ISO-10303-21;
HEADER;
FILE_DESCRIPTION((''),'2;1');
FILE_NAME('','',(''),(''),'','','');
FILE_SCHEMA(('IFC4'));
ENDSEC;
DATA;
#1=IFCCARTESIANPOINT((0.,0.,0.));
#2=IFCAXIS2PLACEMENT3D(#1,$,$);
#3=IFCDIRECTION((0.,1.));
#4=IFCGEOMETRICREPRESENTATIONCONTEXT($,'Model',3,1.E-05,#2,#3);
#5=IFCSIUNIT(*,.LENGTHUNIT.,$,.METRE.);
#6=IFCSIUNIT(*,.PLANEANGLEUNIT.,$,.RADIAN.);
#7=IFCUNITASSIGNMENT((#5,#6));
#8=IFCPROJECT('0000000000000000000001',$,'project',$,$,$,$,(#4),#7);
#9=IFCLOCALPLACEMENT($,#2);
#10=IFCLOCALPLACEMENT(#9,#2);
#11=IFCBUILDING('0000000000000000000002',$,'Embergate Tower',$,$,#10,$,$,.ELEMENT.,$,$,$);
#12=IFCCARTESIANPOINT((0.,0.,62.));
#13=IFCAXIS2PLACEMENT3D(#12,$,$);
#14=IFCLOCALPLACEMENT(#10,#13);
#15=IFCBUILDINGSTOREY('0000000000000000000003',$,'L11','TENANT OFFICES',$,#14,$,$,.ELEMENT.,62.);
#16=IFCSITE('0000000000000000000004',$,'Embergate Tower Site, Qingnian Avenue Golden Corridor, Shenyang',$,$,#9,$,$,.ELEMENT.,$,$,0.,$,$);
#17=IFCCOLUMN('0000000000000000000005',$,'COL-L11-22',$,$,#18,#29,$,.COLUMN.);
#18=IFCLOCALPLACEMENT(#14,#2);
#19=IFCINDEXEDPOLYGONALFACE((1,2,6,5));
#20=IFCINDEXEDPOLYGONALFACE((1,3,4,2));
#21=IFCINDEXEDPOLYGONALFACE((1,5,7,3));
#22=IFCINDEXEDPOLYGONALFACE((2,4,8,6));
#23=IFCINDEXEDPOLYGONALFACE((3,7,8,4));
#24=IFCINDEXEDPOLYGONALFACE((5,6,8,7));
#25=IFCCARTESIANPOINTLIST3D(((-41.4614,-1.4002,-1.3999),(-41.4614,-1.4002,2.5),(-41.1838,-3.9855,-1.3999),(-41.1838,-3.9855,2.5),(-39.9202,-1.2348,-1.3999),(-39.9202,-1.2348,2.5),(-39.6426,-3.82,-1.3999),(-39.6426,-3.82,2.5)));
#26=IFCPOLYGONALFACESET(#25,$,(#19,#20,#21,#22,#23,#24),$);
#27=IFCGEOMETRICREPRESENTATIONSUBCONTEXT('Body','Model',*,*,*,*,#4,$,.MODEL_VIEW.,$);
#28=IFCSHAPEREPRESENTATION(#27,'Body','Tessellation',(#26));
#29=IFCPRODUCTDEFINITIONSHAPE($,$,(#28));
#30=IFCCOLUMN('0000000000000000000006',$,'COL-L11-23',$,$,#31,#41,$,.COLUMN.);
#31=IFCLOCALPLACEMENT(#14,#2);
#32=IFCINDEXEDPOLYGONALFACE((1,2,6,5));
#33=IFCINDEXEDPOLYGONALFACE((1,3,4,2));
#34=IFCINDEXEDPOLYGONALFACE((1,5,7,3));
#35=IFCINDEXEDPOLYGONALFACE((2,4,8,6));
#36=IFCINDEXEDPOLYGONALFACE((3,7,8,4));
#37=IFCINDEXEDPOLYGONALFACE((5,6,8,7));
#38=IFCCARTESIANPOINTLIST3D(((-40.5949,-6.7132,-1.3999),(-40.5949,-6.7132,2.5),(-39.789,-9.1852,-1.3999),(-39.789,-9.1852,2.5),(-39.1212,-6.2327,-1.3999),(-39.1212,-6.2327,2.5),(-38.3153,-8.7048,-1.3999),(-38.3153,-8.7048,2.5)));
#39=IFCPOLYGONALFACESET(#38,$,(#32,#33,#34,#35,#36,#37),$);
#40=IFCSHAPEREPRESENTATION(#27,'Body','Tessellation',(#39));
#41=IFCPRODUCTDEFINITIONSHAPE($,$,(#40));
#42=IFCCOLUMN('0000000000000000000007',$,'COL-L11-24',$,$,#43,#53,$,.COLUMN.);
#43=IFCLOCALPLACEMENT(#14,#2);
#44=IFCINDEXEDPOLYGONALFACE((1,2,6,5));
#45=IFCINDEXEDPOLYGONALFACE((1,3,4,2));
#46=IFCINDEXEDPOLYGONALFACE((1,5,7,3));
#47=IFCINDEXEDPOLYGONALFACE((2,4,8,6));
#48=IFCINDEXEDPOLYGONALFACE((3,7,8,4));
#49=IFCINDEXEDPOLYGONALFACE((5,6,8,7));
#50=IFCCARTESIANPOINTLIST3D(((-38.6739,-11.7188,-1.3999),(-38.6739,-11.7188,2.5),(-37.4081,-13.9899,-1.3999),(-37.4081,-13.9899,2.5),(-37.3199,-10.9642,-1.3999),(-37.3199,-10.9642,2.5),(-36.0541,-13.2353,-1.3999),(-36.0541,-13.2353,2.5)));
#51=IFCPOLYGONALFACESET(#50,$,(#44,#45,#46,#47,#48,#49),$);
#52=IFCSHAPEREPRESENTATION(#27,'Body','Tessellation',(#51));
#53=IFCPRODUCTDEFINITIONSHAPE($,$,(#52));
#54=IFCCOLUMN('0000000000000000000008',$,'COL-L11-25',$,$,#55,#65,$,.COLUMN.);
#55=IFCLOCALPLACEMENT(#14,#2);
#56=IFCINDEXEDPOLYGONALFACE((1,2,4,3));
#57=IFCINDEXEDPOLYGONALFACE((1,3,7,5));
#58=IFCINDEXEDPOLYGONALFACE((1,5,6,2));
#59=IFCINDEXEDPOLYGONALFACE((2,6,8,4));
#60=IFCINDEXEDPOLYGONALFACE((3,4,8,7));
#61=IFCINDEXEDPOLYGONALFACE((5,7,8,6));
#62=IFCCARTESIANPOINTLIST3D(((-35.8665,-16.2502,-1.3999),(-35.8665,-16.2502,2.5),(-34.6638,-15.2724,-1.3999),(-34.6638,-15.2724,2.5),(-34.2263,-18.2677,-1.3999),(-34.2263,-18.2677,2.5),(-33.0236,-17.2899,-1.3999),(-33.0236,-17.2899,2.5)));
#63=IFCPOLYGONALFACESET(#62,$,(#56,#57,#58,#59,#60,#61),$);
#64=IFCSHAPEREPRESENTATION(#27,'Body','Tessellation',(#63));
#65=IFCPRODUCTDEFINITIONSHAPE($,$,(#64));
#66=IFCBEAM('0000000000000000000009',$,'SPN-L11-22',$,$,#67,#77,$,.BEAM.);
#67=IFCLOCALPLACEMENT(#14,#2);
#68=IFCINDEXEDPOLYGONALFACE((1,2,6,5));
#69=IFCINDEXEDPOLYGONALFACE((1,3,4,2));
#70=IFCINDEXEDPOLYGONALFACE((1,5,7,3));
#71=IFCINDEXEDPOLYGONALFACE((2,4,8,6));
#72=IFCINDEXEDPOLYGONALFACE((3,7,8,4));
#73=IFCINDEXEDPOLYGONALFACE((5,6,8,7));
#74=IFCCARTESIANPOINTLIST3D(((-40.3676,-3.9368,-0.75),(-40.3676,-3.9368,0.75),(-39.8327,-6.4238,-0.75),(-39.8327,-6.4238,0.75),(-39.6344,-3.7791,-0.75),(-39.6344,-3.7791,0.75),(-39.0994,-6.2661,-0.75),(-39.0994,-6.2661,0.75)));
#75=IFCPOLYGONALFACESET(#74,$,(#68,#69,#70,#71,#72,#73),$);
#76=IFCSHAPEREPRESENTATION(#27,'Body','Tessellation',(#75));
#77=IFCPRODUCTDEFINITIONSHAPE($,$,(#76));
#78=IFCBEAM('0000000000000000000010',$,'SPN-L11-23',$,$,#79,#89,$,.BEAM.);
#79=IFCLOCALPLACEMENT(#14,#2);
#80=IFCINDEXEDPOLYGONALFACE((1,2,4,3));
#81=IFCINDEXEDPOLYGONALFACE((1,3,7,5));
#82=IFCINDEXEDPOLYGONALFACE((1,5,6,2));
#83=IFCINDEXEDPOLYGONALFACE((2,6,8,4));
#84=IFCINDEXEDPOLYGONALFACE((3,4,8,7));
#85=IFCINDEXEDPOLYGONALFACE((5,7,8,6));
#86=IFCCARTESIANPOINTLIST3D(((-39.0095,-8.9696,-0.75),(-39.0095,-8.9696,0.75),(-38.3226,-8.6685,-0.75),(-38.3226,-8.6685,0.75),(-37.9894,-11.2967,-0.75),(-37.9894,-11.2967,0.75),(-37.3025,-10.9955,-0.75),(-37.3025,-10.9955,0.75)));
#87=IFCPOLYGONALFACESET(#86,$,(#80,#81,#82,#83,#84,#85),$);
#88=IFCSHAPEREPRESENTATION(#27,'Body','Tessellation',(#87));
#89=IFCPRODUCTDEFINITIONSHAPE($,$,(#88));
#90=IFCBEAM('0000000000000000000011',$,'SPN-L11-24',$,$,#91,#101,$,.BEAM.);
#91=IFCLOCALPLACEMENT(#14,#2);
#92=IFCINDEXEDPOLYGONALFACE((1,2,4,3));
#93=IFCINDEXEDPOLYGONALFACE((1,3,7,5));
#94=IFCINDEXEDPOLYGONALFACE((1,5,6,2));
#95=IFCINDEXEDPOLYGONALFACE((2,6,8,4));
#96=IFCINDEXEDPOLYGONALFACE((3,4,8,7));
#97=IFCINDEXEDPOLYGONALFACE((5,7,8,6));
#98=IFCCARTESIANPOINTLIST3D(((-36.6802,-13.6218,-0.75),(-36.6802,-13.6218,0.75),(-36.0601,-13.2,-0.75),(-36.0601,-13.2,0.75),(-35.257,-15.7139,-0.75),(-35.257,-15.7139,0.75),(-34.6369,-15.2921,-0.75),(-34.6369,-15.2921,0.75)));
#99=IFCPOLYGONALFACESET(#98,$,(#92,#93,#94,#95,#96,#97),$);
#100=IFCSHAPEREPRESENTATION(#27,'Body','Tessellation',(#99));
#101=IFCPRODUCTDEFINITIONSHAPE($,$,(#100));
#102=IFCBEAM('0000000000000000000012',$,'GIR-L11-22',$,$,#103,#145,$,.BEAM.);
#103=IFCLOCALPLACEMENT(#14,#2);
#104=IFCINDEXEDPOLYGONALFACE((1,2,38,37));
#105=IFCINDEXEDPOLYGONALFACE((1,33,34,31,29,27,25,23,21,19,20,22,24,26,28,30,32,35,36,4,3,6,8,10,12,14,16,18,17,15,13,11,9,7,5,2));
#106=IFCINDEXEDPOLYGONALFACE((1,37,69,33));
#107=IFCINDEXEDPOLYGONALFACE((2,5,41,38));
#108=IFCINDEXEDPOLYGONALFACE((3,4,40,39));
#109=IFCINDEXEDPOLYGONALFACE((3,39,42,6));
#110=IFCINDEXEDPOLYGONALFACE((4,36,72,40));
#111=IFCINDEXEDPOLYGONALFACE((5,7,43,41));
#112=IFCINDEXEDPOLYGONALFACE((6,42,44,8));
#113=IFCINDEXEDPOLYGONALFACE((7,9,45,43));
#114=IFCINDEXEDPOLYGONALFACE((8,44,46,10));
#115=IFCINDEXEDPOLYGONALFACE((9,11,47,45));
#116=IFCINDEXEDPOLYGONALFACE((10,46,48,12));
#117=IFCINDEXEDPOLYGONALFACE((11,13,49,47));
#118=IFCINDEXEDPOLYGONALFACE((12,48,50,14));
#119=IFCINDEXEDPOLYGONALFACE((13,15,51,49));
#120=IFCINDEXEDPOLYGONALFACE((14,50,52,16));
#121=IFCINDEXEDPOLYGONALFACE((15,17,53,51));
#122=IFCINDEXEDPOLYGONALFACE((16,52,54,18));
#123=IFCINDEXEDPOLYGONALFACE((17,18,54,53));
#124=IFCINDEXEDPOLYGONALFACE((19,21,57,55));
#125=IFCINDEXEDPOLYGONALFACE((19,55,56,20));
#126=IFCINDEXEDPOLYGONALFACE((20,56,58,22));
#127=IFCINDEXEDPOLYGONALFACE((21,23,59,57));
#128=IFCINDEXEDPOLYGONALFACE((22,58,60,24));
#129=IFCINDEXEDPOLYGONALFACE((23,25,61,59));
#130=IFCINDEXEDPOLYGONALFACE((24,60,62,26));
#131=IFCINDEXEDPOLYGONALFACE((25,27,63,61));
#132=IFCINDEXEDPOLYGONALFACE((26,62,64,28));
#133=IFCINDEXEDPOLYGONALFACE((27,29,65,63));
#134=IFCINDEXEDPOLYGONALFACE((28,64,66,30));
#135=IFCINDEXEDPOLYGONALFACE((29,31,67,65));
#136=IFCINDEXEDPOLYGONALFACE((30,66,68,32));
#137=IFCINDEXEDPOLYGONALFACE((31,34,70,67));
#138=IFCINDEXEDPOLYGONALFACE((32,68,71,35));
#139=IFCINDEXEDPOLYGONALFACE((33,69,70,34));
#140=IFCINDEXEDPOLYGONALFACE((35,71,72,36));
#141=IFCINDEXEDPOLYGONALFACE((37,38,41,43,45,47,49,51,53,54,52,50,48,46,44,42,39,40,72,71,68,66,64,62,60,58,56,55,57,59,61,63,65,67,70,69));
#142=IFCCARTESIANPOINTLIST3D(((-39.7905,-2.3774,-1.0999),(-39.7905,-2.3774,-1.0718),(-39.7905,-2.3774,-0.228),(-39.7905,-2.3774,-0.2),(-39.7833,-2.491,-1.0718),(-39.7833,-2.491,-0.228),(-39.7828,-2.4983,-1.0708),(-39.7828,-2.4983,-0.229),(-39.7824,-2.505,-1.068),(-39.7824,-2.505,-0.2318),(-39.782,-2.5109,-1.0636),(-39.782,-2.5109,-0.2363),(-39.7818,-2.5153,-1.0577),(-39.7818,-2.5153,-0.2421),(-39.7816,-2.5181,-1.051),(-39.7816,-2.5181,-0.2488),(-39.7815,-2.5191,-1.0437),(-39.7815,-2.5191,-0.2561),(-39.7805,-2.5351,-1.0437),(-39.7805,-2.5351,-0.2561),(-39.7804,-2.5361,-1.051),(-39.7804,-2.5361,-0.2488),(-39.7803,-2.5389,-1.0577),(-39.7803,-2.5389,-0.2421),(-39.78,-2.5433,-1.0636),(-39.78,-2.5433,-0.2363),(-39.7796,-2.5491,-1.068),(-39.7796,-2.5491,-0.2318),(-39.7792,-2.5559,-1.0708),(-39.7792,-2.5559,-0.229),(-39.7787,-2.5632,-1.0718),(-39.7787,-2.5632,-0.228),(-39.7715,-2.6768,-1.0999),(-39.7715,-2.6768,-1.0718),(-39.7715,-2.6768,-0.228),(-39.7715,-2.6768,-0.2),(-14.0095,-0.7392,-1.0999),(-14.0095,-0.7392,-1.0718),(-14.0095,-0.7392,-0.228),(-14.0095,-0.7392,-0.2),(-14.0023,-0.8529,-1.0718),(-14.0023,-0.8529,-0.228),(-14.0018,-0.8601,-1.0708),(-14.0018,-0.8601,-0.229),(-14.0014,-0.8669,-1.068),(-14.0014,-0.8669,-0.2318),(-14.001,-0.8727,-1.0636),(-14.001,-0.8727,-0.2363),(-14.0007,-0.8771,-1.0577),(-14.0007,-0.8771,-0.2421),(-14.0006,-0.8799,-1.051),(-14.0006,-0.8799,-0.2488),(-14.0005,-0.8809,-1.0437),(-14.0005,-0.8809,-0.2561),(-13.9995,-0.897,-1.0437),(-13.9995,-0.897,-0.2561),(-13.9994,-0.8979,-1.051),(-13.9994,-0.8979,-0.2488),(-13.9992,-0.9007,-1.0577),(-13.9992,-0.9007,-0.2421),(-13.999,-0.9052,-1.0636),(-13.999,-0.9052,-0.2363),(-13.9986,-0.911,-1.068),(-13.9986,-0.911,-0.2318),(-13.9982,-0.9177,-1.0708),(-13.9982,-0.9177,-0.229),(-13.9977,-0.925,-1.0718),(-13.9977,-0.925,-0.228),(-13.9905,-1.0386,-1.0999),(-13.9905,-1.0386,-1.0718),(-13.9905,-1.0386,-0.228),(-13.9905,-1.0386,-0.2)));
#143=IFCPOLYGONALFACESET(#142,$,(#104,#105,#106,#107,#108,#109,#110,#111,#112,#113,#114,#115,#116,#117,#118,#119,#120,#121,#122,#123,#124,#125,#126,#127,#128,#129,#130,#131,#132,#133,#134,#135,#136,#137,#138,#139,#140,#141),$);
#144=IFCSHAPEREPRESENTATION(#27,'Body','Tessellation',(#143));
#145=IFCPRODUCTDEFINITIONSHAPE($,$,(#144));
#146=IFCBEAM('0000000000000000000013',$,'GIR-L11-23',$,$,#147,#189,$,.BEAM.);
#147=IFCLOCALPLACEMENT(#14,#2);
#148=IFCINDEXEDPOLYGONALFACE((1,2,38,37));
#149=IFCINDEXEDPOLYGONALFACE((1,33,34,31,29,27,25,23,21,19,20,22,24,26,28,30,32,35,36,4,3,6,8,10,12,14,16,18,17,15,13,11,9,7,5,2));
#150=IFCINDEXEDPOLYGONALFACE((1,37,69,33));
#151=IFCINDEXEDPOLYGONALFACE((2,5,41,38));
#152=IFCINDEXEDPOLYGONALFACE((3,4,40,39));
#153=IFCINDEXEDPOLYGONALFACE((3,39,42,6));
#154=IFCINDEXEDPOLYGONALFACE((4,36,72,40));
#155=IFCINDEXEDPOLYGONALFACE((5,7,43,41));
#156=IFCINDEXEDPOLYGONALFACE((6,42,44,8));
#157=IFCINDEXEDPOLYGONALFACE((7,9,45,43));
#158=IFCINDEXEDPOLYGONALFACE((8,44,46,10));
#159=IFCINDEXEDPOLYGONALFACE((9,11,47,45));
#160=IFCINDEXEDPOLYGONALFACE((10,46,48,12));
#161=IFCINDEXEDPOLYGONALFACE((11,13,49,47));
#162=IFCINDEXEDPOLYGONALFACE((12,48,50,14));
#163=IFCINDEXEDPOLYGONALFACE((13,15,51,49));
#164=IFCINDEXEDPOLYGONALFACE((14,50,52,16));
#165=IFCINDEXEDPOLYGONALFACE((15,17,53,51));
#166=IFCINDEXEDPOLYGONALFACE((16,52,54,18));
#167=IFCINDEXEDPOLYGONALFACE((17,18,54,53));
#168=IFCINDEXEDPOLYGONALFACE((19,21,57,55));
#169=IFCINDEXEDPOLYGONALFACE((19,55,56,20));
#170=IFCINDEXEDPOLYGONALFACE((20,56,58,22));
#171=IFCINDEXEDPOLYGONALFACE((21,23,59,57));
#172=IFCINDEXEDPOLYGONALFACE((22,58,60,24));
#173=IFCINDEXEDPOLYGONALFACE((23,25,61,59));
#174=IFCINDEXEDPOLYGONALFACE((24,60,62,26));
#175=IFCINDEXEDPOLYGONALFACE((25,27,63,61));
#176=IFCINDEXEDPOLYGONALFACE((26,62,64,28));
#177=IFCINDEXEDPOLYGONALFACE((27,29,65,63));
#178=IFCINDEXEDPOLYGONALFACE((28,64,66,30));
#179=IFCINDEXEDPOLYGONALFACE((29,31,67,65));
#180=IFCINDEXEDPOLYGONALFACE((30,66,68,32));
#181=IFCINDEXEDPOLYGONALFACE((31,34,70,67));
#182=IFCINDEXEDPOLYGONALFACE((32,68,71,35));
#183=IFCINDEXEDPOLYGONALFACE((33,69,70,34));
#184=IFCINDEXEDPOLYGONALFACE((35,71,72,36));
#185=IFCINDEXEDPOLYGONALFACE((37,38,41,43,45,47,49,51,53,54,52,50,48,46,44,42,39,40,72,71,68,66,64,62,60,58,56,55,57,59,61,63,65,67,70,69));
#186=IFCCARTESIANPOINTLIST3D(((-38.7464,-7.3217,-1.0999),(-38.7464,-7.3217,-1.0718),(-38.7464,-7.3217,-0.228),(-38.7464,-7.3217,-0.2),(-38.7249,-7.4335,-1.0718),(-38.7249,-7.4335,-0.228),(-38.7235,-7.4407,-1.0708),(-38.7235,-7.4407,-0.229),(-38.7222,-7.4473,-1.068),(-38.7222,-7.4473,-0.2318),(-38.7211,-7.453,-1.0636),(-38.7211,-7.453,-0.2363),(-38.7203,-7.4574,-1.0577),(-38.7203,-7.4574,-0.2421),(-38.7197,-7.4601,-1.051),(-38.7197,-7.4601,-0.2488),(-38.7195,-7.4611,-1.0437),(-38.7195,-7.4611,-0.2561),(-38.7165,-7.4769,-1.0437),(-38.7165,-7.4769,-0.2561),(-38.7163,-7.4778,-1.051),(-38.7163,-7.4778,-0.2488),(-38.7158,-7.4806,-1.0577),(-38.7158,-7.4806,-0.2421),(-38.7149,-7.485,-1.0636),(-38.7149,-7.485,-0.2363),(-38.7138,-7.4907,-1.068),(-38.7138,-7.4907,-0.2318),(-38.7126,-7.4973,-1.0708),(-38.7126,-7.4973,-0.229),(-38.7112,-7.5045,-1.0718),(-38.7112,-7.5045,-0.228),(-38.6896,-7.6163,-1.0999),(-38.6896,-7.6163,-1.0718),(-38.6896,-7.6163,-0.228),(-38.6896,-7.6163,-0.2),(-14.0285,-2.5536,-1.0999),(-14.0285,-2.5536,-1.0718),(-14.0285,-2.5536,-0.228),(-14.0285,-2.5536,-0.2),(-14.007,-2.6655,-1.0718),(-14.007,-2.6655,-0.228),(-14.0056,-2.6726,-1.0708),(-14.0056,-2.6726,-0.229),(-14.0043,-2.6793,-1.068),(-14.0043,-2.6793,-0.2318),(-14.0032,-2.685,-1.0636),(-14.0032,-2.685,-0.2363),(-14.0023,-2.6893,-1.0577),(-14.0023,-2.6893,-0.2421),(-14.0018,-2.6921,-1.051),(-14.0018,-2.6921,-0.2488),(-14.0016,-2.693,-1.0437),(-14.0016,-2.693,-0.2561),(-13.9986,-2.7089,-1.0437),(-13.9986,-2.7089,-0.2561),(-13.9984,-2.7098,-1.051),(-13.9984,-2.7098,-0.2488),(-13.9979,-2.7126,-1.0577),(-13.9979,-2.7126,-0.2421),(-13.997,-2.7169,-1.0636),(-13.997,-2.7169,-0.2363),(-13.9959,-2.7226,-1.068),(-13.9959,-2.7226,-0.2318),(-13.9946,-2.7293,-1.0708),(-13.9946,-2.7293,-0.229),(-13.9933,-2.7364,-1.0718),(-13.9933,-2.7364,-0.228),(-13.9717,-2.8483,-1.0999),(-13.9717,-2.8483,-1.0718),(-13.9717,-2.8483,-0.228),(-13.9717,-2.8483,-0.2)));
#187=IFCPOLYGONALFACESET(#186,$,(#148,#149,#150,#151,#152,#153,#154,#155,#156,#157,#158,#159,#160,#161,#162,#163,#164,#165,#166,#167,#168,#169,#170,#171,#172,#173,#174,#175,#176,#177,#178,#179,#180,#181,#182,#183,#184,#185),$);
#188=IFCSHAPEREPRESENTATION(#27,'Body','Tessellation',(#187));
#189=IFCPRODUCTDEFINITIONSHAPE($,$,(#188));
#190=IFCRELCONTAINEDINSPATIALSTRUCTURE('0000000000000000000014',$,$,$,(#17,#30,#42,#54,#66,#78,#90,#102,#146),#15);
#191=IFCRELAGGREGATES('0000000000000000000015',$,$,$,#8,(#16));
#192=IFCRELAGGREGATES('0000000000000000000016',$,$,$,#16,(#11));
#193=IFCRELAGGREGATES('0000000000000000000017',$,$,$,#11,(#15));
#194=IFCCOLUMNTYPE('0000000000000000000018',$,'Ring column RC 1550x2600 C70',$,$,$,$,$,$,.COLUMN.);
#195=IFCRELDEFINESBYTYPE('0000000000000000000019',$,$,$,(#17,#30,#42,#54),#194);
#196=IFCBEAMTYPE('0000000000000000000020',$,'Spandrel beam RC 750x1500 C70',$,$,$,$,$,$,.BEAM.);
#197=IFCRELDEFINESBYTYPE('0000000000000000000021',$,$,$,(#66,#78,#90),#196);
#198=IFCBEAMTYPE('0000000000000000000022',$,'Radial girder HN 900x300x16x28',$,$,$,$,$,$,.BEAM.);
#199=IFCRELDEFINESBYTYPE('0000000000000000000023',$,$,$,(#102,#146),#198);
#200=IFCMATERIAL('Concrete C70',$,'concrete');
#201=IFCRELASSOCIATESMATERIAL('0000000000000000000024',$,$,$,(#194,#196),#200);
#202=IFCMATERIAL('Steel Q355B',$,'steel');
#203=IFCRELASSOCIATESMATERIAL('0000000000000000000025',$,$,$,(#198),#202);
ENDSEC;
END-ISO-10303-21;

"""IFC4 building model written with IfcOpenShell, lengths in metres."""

from ifc_helpers import new_model, si_unit, direction, frame, origin, origin_2d, place, context, subcontext, project, spatial, rectangle, i_section, extrude, source, transform, mapped, material, material_profile, profile_set, type_object, element, save


model = new_model("IFC4")

# Units and contexts
model_context = context("Model", 3, precision=1e-05, world=origin(), true_north=direction((0.0, 1.0)))
body_context = subcontext(model_context, "Body", "Model", "MODEL_VIEW")
ifc_project = project(units=[si_unit("LENGTHUNIT", "METRE"), si_unit("PLANEANGLEUNIT", "RADIAN")], contexts=[model_context])

# Site, building, storey
site_placement = place(None, origin())
site = spatial("IfcSite", under=ifc_project, at=site_placement, Name="Embergate Tower Site, Qingnian Avenue Golden Corridor, Shenyang", CompositionType="ELEMENT", RefElevation=0.0)
building_placement = place(site_placement, origin())
building = spatial("IfcBuilding", under=site, at=building_placement, Name="Embergate Tower", CompositionType="ELEMENT")
storey_placement = place(building_placement, frame((0.0, 0.0, 62.0)))
storey = spatial("IfcBuildingStorey", under=building, at=storey_placement, Name="L11", Description="TENANT OFFICES", CompositionType="ELEMENT", Elevation=62.0)

# Columns
ifc_material_1 = material(Name="Concrete C70", Category="concrete")
ifc_material_profile_1 = material_profile(ifc_material_1, rectangle(XDim=1.55, YDim=2.6001, at=origin_2d()), Name="RC 1550x2600")
ifc_profile_set_1 = profile_set([ifc_material_profile_1], Name="Concrete C70")
column_type = type_object("IfcColumnType", Name="Ring column RC 1550x2600 C70", PredefinedType="COLUMN", material=ifc_profile_set_1)
shared_shape_1 = source(origin(), body_context, "Body", "SweptSolid", [
    extrude(rectangle(XDim=1.55, YDim=2.6001, at=origin_2d()), origin(), (0.0, 0.0, 1.0), 3.8999),
])
for number, where, z_axis, x_axis, name in (
    (1, (-40.552, -2.6101, -1.3999), (0.0, 0.0, 1.0), (-0.994286, -0.10675, 0.0), "COL-L11-22"),
    (2, (-39.4551, -7.709, -1.3999), (0.0, 0.0, 1.0), (-0.950754, -0.309946, 0.0), "COL-L11-23"),
    (3, (-37.364, -12.4771, -1.3999), (0.0, 0.0, 1.0), (-0.8735, -0.486823, 0.0), "COL-L11-24"),
    (4, (-34.4451, -16.77, -1.3999), (0.0, 0.0, 1.0), (-0.775925, -0.630825, 0.0), "COL-L11-25"),
):
    element("IfcColumn", number, at=place(storey_placement, frame(where, z_axis=z_axis, x_axis=x_axis)), inside=storey, type_object=column_type, Name=name, PredefinedType="COLUMN", context=body_context, shape_type="MappedRepresentation", body=[
        mapped(shared_shape_1, transform((0.0, 0.0, 0.0))),
    ])

# Beams
ifc_material_profile_2 = material_profile(ifc_material_1, rectangle(XDim=0.75, YDim=1.5, at=origin_2d()), Name="RC 750x1500")
ifc_profile_set_2 = profile_set([ifc_material_profile_2], Name="Concrete C70")
beam_type_1 = type_object("IfcBeamType", Name="Spandrel beam RC 750x1500 C70", PredefinedType="BEAM", material=ifc_profile_set_2)
shared_shape_2 = source(origin(), body_context, "Body", "SweptSolid", [
    extrude(rectangle(XDim=0.75, YDim=1.5, at=origin_2d()), origin(), (0.0, 0.0, 1.0), 2.5439),
])
beam_1_placement = place(storey_placement, frame((-40.001, -3.8579, 0.0), z_axis=(0.21027, -0.977643, 0.0), x_axis=(0.977643, 0.21027, 0.0)))
element("IfcBeam", 5, at=beam_1_placement, inside=storey, type_object=beam_type_1, Name="SPN-L11-22", PredefinedType="BEAM", context=body_context, shape_type="MappedRepresentation", body=[
    mapped(shared_shape_2, transform((0.0, 0.0, 0.0))),
])
shared_shape_3 = source(origin(), body_context, "Body", "SweptSolid", [
    extrude(rectangle(XDim=0.75, YDim=1.5, at=origin_2d()), origin(), (0.0, 0.0, 1.0), 2.5408),
])
beam_2_placement = place(storey_placement, frame((-38.666, -8.8191, 0.0), z_axis=(0.401479, -0.915868, 0.0), x_axis=(0.915868, 0.401479, 0.0)))
element("IfcBeam", 6, at=beam_2_placement, inside=storey, type_object=beam_type_1, Name="SPN-L11-23", PredefinedType="BEAM", context=body_context, shape_type="MappedRepresentation", body=[
    mapped(shared_shape_3, transform((0.0, 0.0, 0.0))),
])
shared_shape_4 = source(origin(), body_context, "Body", "SweptSolid", [
    extrude(rectangle(XDim=0.75, YDim=1.5, at=origin_2d()), origin(), (0.0, 0.0, 1.0), 2.5303),
])
beam_3_placement = place(storey_placement, frame((-36.3701, -13.4109, 0.0), z_axis=(0.562447, -0.826833, 0.0), x_axis=(0.826833, 0.562447, 0.0)))
element("IfcBeam", 7, at=beam_3_placement, inside=storey, type_object=beam_type_1, Name="SPN-L11-24", PredefinedType="BEAM", context=body_context, shape_type="MappedRepresentation", body=[
    mapped(shared_shape_4, transform((0.0, 0.0, 0.0))),
])
ifc_material_2 = material(Name="Steel Q355B", Category="steel")
ifc_material_profile_3 = material_profile(ifc_material_2, i_section(OverallWidth=0.3, OverallDepth=0.8999, WebThickness=0.0161, FlangeThickness=0.0281, FilletRadius=0.0281, at=origin_2d()), Name="HN 900x300x16x28")
ifc_profile_set_3 = profile_set([ifc_material_profile_3], Name="Steel Q355 grade B")
beam_type_2 = type_object("IfcBeamType", Name="Radial girder HN 900x300x16x28", PredefinedType="BEAM", material=ifc_profile_set_3)
shared_shape_5 = source(origin(), body_context, "Body", "SweptSolid", [
    extrude(i_section(OverallWidth=0.3, OverallDepth=0.8999, WebThickness=0.0161, FlangeThickness=0.0281, FilletRadius=0.0281, at=origin_2d()), origin(), (0.0, 0.0, 1.0), 25.833),
])
beam_4_placement = place(storey_placement, frame((-39.781, -2.5271, -0.6499), z_axis=(0.997987, 0.063414, 0.0), x_axis=(-0.063414, 0.997987, 0.0)))
element("IfcBeam", 8, at=beam_4_placement, inside=storey, type_object=beam_type_2, Name="GIR-L11-22", PredefinedType="BEAM", context=body_context, shape_type="MappedRepresentation", body=[
    mapped(shared_shape_5, transform((0.0, 0.0, 0.0))),
])
shared_shape_6 = source(origin(), body_context, "Body", "SweptSolid", [
    extrude(i_section(OverallWidth=0.3, OverallDepth=0.8999, WebThickness=0.0161, FlangeThickness=0.0281, FilletRadius=0.0281, at=origin_2d()), origin(), (0.0, 0.0, 1.0), 25.1736),
])
beam_5_placement = place(storey_placement, frame((-38.718, -7.469, -0.6499), z_axis=(0.981899, 0.189407, 0.0), x_axis=(-0.189407, 0.981899, 0.0)))
element("IfcBeam", 9, at=beam_5_placement, inside=storey, type_object=beam_type_2, Name="GIR-L11-23", PredefinedType="BEAM", context=body_context, shape_type="MappedRepresentation", body=[
    mapped(shared_shape_6, transform((0.0, 0.0, 0.0))),
])

save(model, "model.ifc")
